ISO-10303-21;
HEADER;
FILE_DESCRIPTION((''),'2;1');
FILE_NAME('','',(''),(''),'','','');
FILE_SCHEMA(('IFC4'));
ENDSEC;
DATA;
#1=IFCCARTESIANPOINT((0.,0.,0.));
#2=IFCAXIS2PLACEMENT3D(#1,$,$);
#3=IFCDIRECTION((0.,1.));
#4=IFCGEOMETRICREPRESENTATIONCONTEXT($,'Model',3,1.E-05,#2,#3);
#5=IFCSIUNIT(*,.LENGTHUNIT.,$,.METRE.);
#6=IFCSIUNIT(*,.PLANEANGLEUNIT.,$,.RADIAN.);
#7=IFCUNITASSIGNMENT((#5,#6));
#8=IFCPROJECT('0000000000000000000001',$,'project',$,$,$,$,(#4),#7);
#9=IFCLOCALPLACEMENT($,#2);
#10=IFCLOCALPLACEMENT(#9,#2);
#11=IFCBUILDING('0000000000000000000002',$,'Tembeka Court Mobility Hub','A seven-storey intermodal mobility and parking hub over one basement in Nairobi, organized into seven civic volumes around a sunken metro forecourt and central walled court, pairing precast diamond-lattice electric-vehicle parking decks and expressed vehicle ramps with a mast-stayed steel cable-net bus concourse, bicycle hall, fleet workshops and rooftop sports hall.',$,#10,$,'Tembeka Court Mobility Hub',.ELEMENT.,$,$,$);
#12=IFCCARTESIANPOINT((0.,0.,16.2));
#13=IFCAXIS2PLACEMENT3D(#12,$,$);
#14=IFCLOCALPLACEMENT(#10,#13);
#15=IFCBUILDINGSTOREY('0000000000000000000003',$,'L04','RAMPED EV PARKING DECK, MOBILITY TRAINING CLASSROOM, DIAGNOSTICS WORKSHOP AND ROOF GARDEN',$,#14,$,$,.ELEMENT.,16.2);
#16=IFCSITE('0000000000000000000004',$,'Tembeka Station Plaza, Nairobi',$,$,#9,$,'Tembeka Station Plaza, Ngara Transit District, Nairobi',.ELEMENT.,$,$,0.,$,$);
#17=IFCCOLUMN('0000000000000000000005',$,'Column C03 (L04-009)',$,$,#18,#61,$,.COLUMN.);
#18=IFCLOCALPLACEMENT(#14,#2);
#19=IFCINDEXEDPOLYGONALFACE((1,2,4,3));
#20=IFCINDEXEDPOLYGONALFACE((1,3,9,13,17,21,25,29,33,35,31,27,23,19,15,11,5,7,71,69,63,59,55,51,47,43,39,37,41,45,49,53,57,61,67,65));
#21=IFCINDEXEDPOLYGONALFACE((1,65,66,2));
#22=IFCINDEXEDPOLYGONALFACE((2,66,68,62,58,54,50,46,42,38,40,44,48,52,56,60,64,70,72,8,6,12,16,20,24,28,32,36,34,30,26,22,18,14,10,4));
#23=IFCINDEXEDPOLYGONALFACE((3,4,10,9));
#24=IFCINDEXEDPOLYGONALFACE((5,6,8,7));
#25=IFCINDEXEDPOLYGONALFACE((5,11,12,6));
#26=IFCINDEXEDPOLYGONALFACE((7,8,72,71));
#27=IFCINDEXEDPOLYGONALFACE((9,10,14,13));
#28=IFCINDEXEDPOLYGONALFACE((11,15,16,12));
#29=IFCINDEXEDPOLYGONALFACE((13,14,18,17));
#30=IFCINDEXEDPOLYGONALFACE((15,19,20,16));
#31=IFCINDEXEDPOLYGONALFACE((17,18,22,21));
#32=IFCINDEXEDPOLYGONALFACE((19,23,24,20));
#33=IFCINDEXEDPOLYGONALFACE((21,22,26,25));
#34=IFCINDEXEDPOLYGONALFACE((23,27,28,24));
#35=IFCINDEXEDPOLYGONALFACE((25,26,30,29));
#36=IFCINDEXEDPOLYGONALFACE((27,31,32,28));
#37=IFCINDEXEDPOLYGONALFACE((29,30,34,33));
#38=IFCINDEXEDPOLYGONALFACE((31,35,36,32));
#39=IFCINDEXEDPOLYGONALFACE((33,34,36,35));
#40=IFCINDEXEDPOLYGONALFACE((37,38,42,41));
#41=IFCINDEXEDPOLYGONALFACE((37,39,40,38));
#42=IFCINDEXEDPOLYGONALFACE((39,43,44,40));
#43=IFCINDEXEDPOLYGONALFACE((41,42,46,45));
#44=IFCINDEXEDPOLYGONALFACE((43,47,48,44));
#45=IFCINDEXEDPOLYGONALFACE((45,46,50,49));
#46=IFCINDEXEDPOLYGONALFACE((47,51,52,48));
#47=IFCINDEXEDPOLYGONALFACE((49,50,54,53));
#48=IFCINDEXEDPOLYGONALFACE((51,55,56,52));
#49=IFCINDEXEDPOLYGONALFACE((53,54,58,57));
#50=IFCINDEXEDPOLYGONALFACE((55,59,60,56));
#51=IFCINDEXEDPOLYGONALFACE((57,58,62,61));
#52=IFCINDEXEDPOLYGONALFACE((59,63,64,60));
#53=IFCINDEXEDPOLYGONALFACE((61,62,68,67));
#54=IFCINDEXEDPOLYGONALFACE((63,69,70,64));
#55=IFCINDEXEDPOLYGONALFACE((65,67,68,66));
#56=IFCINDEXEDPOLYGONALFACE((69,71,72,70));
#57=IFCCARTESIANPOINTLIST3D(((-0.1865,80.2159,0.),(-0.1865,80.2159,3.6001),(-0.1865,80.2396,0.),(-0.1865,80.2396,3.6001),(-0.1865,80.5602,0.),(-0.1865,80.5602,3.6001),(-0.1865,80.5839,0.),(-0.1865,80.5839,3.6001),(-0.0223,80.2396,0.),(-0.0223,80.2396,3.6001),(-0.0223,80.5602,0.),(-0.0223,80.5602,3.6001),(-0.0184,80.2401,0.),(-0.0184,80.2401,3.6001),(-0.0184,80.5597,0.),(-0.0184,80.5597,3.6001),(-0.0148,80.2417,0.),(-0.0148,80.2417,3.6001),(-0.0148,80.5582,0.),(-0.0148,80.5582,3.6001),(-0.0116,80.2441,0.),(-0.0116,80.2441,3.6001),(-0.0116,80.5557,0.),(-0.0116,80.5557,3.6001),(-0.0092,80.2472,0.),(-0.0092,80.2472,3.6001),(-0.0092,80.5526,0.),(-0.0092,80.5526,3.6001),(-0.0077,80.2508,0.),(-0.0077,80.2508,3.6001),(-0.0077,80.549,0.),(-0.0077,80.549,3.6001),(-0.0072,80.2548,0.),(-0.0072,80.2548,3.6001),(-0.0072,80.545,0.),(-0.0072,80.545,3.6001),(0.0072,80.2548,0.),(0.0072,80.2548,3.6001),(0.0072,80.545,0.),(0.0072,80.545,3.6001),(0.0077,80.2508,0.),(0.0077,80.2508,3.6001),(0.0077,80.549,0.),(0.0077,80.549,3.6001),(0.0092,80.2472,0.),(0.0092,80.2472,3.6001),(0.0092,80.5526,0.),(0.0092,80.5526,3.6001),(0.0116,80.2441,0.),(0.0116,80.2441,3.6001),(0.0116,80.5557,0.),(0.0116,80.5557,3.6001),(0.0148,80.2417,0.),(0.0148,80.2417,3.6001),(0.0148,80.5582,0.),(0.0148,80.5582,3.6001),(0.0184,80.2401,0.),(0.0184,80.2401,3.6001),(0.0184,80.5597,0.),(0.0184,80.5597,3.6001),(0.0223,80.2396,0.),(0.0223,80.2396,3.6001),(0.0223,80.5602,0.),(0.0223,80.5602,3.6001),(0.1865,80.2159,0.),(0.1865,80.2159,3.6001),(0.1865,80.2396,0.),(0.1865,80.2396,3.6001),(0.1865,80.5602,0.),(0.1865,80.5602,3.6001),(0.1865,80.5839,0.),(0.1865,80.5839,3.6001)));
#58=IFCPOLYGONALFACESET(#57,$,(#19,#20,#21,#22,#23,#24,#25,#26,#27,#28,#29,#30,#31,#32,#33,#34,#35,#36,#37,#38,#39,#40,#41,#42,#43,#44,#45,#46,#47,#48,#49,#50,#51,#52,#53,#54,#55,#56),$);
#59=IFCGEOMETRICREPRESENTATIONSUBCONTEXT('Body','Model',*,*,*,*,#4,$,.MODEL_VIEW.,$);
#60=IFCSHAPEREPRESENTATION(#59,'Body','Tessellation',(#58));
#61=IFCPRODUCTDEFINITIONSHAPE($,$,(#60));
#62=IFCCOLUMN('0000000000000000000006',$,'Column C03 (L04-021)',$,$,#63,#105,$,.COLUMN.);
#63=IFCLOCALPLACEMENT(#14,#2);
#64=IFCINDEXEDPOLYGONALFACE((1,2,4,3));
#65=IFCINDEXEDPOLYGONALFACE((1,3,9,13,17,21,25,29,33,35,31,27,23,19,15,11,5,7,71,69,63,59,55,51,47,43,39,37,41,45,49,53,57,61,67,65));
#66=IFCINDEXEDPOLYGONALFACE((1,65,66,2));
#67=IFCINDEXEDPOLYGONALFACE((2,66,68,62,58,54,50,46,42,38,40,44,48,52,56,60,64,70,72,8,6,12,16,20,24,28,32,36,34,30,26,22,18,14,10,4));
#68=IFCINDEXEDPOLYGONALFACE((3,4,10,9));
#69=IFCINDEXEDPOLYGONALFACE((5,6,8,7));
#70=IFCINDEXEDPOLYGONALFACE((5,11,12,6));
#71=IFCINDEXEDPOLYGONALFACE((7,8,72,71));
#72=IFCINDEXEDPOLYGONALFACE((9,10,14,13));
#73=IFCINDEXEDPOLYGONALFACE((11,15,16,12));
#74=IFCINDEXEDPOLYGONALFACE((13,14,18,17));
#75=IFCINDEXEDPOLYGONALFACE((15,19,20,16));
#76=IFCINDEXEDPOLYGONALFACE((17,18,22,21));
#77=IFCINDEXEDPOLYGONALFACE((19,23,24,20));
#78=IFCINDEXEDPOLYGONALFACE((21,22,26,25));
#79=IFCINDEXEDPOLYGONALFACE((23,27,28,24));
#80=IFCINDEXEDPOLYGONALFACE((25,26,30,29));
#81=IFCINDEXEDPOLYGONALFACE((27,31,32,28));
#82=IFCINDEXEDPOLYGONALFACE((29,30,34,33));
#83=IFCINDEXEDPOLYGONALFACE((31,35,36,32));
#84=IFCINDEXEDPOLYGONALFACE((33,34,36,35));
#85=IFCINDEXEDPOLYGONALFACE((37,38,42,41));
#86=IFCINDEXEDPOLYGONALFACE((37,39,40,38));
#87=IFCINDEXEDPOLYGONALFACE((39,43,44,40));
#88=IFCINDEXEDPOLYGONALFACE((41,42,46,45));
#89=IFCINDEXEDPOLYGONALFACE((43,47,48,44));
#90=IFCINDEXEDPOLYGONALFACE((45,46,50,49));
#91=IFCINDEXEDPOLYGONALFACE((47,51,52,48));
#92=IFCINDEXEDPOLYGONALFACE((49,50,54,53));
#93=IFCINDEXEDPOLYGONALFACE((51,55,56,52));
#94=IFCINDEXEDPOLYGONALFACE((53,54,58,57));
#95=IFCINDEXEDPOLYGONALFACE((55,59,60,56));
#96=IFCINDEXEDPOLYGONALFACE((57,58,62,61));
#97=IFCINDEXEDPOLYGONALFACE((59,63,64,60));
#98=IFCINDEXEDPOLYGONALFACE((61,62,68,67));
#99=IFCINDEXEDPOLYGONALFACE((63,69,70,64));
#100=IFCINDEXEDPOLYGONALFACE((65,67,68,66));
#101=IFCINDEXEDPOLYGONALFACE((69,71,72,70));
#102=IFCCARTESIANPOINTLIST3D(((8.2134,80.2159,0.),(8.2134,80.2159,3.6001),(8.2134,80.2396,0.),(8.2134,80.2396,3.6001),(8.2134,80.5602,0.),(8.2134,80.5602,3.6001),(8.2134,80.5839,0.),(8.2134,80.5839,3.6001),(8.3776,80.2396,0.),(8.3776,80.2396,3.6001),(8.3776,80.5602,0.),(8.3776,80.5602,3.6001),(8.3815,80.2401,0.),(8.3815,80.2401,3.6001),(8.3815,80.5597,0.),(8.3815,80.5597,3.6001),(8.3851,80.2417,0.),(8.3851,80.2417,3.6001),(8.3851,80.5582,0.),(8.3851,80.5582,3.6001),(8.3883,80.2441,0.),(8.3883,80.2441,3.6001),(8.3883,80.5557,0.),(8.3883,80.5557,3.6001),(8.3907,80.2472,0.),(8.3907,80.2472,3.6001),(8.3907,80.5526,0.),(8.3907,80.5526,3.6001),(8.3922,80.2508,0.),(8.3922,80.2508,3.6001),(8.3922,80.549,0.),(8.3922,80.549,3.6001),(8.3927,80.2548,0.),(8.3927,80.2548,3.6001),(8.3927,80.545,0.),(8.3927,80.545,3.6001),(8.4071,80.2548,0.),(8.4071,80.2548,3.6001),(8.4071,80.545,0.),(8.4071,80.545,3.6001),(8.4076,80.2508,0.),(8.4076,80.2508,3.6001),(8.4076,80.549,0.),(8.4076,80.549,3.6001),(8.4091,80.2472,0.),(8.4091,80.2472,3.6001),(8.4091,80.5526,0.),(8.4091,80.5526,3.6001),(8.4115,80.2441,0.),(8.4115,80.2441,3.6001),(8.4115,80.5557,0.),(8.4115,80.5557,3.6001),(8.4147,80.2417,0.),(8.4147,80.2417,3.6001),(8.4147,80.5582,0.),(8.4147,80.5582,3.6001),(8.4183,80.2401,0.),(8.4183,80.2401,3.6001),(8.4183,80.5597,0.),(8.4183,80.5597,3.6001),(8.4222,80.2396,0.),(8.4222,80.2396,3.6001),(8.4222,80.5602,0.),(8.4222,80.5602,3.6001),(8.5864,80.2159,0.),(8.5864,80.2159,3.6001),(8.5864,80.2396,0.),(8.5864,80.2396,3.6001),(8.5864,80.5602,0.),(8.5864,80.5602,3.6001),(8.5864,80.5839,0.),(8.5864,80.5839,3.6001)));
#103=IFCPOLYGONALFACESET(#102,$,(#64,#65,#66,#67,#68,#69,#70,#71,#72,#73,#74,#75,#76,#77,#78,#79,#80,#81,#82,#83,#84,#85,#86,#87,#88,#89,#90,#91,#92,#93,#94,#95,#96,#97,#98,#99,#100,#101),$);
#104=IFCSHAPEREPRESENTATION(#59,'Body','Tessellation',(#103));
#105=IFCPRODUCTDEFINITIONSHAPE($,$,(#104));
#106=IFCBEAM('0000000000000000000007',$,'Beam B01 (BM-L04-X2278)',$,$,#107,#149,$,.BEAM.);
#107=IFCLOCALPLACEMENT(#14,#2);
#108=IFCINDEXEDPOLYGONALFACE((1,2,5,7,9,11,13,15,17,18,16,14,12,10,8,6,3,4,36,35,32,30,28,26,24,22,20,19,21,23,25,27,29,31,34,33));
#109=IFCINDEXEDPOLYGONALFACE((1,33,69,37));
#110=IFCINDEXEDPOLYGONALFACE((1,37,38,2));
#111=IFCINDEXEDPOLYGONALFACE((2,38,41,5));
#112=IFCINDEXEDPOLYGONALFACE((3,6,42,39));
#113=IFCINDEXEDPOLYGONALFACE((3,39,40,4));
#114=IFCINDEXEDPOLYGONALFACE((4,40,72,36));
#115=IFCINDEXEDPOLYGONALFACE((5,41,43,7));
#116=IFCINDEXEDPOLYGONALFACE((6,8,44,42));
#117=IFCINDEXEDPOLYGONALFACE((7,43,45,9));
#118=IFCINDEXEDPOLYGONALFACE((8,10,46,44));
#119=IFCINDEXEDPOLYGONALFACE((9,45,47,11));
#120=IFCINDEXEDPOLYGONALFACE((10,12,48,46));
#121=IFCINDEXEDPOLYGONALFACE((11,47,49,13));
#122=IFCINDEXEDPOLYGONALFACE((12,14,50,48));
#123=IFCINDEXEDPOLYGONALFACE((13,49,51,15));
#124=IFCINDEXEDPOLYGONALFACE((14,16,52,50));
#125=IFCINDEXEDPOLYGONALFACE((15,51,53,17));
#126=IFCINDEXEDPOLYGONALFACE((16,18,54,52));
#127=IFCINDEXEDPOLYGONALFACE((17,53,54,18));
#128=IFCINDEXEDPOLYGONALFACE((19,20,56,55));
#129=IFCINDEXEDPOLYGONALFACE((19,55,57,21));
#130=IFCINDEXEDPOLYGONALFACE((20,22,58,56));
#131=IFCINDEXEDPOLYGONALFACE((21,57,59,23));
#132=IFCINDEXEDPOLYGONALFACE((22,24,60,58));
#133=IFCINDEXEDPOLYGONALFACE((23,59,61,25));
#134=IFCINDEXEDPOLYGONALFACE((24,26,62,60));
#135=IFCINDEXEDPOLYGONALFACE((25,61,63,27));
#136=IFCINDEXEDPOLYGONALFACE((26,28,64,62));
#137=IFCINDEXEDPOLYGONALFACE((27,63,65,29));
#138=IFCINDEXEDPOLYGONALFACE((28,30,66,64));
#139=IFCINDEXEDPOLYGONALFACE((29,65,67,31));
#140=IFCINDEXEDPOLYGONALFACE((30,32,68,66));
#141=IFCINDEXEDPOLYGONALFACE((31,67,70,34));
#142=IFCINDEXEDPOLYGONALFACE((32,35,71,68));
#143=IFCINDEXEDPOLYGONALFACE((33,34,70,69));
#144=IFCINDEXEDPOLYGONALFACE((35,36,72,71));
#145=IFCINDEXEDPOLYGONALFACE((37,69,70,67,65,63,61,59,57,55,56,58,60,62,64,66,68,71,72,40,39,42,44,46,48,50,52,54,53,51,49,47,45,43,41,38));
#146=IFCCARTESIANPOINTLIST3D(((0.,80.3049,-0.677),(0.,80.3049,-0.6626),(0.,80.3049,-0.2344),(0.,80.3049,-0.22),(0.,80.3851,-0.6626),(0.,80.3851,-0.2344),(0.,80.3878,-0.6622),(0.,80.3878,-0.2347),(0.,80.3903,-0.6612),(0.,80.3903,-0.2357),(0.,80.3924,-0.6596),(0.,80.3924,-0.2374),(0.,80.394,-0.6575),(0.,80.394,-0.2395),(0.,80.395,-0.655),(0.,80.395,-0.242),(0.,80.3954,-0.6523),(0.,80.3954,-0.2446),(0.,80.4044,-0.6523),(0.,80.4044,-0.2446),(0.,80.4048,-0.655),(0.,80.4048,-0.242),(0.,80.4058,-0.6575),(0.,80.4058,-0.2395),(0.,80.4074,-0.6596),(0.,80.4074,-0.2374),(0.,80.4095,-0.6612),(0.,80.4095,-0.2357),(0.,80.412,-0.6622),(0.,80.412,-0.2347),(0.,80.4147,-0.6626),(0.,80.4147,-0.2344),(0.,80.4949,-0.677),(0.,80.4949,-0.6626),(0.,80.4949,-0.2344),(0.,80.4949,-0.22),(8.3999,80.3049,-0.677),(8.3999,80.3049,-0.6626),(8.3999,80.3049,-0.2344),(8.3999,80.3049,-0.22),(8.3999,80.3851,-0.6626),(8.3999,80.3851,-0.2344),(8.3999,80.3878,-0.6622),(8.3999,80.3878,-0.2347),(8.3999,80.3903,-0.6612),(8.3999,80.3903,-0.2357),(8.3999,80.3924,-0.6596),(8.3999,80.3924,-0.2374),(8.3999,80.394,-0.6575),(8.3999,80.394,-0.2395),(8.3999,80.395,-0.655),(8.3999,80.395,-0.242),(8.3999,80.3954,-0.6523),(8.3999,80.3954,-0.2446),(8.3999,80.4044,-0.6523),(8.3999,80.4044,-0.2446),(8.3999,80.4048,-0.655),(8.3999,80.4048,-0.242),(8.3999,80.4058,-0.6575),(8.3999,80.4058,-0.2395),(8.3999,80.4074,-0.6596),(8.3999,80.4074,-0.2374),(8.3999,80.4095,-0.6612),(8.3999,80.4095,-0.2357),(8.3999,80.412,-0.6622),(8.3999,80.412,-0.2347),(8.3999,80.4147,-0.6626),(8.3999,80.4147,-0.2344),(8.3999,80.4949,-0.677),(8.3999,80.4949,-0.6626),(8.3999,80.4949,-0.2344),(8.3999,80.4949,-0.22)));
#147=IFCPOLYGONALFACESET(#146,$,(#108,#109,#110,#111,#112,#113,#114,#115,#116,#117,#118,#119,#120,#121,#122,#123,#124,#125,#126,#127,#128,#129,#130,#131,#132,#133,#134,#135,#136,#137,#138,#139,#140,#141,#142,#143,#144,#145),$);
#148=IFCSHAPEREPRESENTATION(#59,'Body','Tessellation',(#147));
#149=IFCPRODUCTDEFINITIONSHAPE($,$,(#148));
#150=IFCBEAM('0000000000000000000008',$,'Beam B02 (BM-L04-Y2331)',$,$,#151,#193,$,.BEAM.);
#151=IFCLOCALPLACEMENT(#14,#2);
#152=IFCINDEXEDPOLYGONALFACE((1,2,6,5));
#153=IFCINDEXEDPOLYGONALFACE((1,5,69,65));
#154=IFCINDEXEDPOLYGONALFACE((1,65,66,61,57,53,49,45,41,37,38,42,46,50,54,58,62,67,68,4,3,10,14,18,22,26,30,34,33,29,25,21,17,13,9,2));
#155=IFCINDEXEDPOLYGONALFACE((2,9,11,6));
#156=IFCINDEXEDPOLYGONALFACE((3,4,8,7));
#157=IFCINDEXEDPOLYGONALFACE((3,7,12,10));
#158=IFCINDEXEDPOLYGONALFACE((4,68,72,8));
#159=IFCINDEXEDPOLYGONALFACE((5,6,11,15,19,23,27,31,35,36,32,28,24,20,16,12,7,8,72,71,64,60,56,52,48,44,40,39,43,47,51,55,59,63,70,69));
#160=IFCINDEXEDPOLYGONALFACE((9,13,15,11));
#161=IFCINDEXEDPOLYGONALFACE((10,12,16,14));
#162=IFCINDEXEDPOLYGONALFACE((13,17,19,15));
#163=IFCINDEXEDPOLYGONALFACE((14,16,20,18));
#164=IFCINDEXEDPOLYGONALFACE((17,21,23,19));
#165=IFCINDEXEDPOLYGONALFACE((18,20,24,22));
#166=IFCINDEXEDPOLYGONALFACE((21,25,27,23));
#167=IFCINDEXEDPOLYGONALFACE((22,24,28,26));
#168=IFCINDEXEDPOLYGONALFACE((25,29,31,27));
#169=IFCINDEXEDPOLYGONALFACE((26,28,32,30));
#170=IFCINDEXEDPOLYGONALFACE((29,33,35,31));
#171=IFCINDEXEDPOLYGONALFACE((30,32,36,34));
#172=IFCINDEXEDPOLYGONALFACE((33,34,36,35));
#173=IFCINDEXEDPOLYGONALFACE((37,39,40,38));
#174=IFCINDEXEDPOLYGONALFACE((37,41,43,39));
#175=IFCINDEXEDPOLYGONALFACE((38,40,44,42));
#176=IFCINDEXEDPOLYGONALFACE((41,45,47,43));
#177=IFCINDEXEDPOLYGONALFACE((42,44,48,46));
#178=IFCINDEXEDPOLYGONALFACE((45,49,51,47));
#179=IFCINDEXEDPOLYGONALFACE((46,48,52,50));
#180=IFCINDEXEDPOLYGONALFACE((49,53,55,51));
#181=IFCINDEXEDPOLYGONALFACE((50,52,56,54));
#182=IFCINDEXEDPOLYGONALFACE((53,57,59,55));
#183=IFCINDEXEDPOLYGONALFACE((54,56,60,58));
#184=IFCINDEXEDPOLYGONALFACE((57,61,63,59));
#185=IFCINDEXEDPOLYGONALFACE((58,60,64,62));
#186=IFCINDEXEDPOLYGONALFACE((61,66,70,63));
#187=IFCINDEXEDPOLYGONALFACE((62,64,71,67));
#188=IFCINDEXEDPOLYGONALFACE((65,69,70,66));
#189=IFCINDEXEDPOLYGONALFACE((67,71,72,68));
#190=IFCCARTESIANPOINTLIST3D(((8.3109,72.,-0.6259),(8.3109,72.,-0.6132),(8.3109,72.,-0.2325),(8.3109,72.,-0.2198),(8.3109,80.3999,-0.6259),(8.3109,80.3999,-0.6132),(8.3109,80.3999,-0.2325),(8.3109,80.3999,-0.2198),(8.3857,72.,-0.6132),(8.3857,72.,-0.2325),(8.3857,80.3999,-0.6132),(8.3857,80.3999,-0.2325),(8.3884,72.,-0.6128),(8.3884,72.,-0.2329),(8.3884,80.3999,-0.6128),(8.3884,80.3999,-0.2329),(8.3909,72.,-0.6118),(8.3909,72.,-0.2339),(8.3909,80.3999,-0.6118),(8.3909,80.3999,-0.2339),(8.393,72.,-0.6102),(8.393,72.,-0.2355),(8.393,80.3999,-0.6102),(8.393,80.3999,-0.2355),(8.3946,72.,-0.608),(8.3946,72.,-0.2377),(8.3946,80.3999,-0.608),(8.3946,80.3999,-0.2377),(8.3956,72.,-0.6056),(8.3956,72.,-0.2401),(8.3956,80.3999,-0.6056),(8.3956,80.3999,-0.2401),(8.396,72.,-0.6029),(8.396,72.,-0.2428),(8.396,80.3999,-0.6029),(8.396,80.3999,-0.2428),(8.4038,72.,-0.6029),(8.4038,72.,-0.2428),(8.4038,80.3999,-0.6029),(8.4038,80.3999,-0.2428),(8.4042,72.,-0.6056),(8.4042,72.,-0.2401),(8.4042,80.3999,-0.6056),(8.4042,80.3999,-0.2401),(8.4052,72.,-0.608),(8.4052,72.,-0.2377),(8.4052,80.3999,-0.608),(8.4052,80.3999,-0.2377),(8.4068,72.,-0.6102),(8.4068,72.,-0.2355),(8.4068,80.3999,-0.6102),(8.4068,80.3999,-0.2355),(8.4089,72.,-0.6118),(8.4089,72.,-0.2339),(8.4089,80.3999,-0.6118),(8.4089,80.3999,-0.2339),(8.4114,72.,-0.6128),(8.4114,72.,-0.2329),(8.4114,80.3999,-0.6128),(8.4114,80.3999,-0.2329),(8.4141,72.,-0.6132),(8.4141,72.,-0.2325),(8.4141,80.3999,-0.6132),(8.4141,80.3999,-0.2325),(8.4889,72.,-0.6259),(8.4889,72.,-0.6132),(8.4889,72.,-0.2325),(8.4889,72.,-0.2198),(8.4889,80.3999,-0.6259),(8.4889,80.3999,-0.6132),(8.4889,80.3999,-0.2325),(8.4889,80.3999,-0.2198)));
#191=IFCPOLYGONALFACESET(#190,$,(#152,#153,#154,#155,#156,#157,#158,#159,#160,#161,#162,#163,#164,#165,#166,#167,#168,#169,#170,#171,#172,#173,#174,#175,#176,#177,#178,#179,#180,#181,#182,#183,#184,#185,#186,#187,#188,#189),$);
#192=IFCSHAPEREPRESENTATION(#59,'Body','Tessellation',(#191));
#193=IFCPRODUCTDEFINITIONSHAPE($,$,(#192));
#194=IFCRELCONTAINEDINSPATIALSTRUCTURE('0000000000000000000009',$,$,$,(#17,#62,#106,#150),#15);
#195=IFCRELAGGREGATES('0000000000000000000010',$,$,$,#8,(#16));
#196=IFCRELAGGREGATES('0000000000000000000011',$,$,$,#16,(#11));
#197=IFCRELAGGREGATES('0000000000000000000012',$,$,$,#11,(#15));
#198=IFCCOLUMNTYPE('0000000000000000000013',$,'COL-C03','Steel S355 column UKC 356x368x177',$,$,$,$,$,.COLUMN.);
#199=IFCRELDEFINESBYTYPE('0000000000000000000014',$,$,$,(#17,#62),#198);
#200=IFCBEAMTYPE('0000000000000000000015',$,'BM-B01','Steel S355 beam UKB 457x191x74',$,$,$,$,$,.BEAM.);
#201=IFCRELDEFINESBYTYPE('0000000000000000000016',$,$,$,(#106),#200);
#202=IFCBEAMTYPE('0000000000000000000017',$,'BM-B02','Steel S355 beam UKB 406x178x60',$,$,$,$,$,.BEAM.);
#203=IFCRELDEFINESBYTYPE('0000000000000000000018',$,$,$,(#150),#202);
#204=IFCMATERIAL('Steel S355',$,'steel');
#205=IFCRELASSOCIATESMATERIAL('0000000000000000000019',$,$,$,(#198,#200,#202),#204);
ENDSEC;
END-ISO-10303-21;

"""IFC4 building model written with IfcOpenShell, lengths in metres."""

from ifc_helpers import new_model, si_unit, direction, frame, origin, origin_2d, place, context, subcontext, project, spatial, i_section, extrude, material, material_profile, profile_set, type_object, element, save


model = new_model("IFC4")

# Units and contexts
model_context = context("Model", 3, precision=1e-05, world=origin(), true_north=direction((0.0, 1.0)))
body_context = subcontext(model_context, "Body", "Model", "MODEL_VIEW")
ifc_project = project(units=[si_unit("LENGTHUNIT", "METRE"), si_unit("PLANEANGLEUNIT", "RADIAN")], contexts=[model_context])

# Site, building, storey
site_placement = place(None, origin())
site = spatial("IfcSite", under=ifc_project, at=site_placement, Name="Tembeka Station Plaza, Nairobi", LongName="Tembeka Station Plaza, Ngara Transit District, Nairobi", CompositionType="ELEMENT", RefElevation=0.0)
building_placement = place(site_placement, origin())
building = spatial("IfcBuilding", under=site, at=building_placement, Name="Tembeka Court Mobility Hub", Description="A seven-storey intermodal mobility and parking hub over one basement in Nairobi, organized into seven civic volumes around a sunken metro forecourt and central walled court, pairing precast diamond-lattice electric-vehicle parking decks and expressed vehicle ramps with a mast-stayed steel cable-net bus concourse, bicycle hall, fleet workshops and rooftop sports hall.", LongName="Tembeka Court Mobility Hub", CompositionType="ELEMENT")
storey_placement = place(building_placement, frame((0.0, 0.0, 16.2)))
storey = spatial("IfcBuildingStorey", under=building, at=storey_placement, Name="L04", Description="RAMPED EV PARKING DECK, MOBILITY TRAINING CLASSROOM, DIAGNOSTICS WORKSHOP AND ROOF GARDEN", CompositionType="ELEMENT", Elevation=16.2)

# Columns
ifc_material_1 = material(Name="Steel S355", Category="steel")
ifc_material_profile_1 = material_profile(ifc_material_1, i_section(OverallWidth=0.373, OverallDepth=0.3679, WebThickness=0.0144, FlangeThickness=0.0237, FilletRadius=0.0151, at=origin_2d()), Name="UKC 356x368x177")
ifc_profile_set_1 = profile_set([ifc_material_profile_1], Name="Steel S355")
column_type = type_object("IfcColumnType", Name="COL-C03", Description="Steel S355 column UKC 356x368x177", PredefinedType="COLUMN", material=ifc_profile_set_1)
for number, where, z_axis, x_axis, name in (
    (1, (0.0, 80.3999, 0.0), (0.0, 0.0, 1.0), (1.0, 0.0, 0.0), "Column C03 (L04-009)"),
    (2, (8.3999, 80.3999, 0.0), (0.0, 0.0, 1.0), (1.0, 0.0, 0.0), "Column C03 (L04-021)"),
):
    element("IfcColumn", number, at=place(storey_placement, frame(where, z_axis=z_axis, x_axis=x_axis)), inside=storey, type_object=column_type, Name=name, PredefinedType="COLUMN", context=body_context, shape_type="SweptSolid", body=[
        extrude(i_section(OverallWidth=0.373, OverallDepth=0.3679, WebThickness=0.0144, FlangeThickness=0.0237, FilletRadius=0.0151, at=origin_2d()), origin(), (0.0, 0.0, 1.0), 3.6001),
    ])

# Beams
ifc_material_profile_2 = material_profile(ifc_material_1, i_section(OverallWidth=0.1899, OverallDepth=0.457, WebThickness=0.009, FlangeThickness=0.0144, FilletRadius=0.0103, at=origin_2d()), Name="UKB 457x191x74")
ifc_profile_set_2 = profile_set([ifc_material_profile_2], Name="Steel S355")
beam_type_1 = type_object("IfcBeamType", Name="BM-B01", Description="Steel S355 beam UKB 457x191x74", PredefinedType="BEAM", material=ifc_profile_set_2)
beam_1_placement = place(storey_placement, frame((0.0, 80.3999, -0.4485), z_axis=(1.0, 0.0, 0.0), x_axis=(0.0, 1.0, 0.0)))
element("IfcBeam", 3, at=beam_1_placement, inside=storey, type_object=beam_type_1, Name="Beam B01 (BM-L04-X2278)", PredefinedType="BEAM", context=body_context, shape_type="SweptSolid", body=[
    extrude(i_section(OverallWidth=0.1899, OverallDepth=0.457, WebThickness=0.009, FlangeThickness=0.0144, FilletRadius=0.0103, at=origin_2d()), origin(), (0.0, 0.0, 1.0), 8.3999),
])
ifc_material_profile_3 = material_profile(ifc_material_1, i_section(OverallWidth=0.178, OverallDepth=0.406, WebThickness=0.0078, FlangeThickness=0.0127, FilletRadius=0.0103, at=origin_2d()), Name="UKB 406x178x60")
ifc_profile_set_3 = profile_set([ifc_material_profile_3], Name="Steel S355")
beam_type_2 = type_object("IfcBeamType", Name="BM-B02", Description="Steel S355 beam UKB 406x178x60", PredefinedType="BEAM", material=ifc_profile_set_3)
beam_2_placement = place(storey_placement, frame((8.3999, 72.0, -0.4229), z_axis=(0.0, 1.0, 0.0), x_axis=(-1.0, 0.0, 0.0)))
element("IfcBeam", 4, at=beam_2_placement, inside=storey, type_object=beam_type_2, Name="Beam B02 (BM-L04-Y2331)", PredefinedType="BEAM", context=body_context, shape_type="SweptSolid", body=[
    extrude(i_section(OverallWidth=0.178, OverallDepth=0.406, WebThickness=0.0078, FlangeThickness=0.0127, FilletRadius=0.0103, at=origin_2d()), origin(), (0.0, 0.0, 1.0), 8.3999),
])

save(model, "model.ifc")
